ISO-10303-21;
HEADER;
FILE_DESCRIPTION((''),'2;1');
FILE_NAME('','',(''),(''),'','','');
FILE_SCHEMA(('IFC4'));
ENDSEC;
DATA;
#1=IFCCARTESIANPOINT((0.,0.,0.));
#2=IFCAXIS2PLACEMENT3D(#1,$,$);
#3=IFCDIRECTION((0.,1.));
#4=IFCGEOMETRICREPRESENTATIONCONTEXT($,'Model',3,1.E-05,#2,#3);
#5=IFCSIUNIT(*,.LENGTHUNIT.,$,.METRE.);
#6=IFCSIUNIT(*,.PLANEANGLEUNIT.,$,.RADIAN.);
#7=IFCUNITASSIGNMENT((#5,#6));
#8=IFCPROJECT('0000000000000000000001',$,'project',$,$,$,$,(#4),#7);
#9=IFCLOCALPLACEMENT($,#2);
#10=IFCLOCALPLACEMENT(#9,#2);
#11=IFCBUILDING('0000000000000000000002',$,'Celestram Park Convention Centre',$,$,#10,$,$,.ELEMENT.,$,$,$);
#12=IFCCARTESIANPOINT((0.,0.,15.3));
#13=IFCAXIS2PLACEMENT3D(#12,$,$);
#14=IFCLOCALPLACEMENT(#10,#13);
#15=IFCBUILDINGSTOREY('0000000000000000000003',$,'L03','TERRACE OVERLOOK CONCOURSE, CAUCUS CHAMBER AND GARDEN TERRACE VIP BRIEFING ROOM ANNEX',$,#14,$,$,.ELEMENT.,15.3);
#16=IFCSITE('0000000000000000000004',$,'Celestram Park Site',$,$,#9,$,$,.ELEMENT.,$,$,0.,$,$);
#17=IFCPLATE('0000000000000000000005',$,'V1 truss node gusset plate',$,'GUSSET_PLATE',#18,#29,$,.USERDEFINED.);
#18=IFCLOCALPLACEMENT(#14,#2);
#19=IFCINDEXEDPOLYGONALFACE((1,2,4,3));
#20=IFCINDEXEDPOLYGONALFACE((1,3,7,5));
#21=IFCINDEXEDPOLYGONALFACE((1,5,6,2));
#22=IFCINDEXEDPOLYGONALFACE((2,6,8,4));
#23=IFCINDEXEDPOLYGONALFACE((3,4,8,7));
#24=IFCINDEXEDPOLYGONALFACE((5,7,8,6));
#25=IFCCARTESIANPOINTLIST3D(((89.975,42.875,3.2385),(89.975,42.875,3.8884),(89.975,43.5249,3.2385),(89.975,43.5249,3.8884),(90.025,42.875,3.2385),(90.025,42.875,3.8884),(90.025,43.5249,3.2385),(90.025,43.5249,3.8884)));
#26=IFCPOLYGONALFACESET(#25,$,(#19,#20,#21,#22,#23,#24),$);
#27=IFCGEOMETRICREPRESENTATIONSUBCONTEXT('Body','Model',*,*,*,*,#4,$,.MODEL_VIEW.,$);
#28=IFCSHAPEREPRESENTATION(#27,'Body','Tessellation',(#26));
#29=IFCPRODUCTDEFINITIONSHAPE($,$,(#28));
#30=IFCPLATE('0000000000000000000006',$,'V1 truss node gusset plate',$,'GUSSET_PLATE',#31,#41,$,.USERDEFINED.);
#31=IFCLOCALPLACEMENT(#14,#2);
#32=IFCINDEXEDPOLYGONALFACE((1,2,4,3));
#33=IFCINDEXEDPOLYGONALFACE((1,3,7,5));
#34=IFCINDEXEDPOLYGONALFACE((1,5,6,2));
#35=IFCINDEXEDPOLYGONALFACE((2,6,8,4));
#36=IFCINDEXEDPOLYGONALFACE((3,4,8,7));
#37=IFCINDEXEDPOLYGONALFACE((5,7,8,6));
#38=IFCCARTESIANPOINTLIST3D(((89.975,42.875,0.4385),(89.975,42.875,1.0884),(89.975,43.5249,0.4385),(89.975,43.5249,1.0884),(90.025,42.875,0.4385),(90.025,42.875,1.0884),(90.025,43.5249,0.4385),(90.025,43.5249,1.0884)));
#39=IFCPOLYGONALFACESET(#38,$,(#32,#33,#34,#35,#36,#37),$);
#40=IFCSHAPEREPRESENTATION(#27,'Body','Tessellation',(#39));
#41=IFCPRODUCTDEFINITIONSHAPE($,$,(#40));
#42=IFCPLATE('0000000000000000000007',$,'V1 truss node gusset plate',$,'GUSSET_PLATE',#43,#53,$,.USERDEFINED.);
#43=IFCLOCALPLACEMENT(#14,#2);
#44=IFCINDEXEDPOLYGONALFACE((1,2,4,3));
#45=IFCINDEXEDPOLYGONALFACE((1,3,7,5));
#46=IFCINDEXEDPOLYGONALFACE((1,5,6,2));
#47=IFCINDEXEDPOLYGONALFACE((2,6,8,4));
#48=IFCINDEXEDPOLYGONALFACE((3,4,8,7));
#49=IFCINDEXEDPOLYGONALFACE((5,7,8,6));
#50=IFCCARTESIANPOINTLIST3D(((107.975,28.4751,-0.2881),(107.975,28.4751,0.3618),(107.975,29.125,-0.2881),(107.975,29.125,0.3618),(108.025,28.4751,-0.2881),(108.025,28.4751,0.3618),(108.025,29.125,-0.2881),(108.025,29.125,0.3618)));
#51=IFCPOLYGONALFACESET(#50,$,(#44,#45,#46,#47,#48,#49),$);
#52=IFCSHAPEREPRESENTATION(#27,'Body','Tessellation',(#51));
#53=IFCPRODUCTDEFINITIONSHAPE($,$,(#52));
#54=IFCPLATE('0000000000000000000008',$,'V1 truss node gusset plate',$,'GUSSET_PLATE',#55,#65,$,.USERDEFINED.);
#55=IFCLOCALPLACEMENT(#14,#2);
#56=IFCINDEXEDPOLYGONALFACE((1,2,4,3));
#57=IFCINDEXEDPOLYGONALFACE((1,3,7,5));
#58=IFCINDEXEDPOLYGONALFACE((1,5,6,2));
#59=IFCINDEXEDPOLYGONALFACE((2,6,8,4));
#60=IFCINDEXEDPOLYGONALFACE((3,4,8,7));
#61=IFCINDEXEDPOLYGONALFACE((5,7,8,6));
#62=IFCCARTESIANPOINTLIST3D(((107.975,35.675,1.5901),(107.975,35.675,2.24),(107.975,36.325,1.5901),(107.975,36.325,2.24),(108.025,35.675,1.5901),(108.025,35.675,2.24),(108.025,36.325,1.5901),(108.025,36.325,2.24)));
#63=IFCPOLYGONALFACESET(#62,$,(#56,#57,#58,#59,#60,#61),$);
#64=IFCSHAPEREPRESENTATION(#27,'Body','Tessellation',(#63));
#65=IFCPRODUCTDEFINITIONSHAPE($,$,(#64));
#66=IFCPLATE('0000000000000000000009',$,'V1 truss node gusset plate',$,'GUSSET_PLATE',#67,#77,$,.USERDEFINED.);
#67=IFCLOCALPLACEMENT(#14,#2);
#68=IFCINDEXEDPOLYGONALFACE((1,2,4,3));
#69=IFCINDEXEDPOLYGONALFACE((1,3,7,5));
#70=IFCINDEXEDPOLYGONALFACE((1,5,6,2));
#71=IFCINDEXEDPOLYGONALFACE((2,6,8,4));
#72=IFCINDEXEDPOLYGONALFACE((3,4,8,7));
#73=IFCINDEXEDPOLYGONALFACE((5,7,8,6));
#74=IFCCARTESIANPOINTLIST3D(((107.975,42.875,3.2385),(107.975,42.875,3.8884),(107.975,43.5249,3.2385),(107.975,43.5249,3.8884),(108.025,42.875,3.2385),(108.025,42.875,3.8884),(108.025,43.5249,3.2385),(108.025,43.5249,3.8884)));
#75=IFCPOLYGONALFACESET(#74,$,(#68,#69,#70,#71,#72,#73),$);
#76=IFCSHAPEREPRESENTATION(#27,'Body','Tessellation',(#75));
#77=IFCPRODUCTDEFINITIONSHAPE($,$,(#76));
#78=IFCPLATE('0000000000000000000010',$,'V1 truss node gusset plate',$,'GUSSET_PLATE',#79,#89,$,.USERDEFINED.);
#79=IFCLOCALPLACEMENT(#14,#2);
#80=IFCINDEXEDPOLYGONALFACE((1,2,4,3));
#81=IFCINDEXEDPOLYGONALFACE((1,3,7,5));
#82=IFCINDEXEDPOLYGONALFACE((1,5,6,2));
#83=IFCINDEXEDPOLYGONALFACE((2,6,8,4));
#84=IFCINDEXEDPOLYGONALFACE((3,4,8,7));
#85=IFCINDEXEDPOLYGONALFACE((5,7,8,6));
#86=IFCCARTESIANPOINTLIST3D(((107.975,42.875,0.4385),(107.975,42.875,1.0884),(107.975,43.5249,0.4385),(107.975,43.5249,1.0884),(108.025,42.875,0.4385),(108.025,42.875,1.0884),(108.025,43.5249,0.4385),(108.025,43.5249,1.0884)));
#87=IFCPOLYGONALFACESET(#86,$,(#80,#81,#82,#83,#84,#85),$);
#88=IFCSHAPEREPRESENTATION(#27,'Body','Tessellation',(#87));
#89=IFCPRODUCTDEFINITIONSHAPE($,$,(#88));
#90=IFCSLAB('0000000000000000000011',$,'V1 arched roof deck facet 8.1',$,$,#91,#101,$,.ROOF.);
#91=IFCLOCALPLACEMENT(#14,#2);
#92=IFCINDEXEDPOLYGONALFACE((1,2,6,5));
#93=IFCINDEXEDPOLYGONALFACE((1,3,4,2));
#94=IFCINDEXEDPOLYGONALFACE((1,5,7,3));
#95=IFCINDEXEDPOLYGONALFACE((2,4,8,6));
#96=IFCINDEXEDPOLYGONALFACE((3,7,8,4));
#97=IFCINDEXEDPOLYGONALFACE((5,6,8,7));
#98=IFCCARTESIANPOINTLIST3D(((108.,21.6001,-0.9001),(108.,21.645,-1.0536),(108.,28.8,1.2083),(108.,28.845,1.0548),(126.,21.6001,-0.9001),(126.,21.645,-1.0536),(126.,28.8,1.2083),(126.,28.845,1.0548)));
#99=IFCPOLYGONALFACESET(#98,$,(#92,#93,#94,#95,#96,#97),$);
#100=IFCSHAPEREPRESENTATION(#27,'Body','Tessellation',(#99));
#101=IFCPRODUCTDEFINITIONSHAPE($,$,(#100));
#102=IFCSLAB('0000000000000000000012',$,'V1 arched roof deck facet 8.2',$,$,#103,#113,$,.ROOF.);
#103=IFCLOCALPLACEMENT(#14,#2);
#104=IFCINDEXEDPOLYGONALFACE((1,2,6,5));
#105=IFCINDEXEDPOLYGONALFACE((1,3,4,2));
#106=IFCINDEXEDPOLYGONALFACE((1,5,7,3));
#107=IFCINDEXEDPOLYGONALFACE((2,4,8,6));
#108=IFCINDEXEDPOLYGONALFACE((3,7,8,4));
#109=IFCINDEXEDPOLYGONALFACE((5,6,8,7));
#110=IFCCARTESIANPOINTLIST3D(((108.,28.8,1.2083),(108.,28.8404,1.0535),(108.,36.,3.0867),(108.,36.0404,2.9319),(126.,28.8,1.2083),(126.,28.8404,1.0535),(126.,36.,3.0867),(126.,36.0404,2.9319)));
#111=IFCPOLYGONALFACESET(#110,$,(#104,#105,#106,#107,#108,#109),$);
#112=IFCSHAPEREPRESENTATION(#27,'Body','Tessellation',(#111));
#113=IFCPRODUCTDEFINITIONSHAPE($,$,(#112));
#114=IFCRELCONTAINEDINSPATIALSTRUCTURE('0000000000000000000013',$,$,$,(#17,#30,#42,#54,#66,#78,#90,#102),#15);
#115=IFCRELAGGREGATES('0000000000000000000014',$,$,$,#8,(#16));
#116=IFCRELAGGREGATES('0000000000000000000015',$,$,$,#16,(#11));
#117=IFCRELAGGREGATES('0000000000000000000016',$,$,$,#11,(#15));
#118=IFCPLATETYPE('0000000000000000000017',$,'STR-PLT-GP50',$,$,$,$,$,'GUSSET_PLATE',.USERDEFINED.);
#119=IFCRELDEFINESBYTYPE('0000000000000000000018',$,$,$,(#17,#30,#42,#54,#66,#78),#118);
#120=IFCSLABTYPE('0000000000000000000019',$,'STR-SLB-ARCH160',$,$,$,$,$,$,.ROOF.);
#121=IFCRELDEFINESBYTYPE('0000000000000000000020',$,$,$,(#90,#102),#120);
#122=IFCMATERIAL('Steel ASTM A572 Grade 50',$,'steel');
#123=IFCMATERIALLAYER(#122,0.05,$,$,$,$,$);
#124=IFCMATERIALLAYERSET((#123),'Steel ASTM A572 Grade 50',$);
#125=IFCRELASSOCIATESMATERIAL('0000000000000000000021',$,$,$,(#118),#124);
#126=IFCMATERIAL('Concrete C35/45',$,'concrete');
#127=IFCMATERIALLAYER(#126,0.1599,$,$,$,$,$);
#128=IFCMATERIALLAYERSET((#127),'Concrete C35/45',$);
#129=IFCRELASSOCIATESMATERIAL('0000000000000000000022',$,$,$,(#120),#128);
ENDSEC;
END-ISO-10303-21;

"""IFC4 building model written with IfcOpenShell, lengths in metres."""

from ifc_helpers import new_model, si_unit, direction, frame, origin, origin_2d, place, context, subcontext, project, spatial, polyline, rectangle, outline, extrude, material, layer, layer_set, type_object, element, save


model = new_model("IFC4")

# Units and contexts
model_context = context("Model", 3, precision=1e-05, world=origin(), true_north=direction((0.0, 1.0)))
body_context = subcontext(model_context, "Body", "Model", "MODEL_VIEW")
ifc_project = project(units=[si_unit("LENGTHUNIT", "METRE"), si_unit("PLANEANGLEUNIT", "RADIAN")], contexts=[model_context])

# Site, building, storey
site_placement = place(None, origin())
site = spatial("IfcSite", under=ifc_project, at=site_placement, Name="Celestram Park Site", CompositionType="ELEMENT", RefElevation=0.0)
building_placement = place(site_placement, origin())
building = spatial("IfcBuilding", under=site, at=building_placement, Name="Celestram Park Convention Centre", CompositionType="ELEMENT")
storey_placement = place(building_placement, frame((0.0, 0.0, 15.3)))
storey = spatial("IfcBuildingStorey", under=building, at=storey_placement, Name="L03", Description="TERRACE OVERLOOK CONCOURSE, CAUCUS CHAMBER AND GARDEN TERRACE VIP BRIEFING ROOM ANNEX", CompositionType="ELEMENT", Elevation=15.3)

# Plates
ifc_material_1 = material(Name="Steel ASTM A572 Grade 50", Category="steel")
ifc_layer_1 = layer(ifc_material_1, 0.05)
ifc_layer_set_1 = layer_set([ifc_layer_1], Name="Steel ASTM A572 Grade 50")
plate_type = type_object("IfcPlateType", Name="STR-PLT-GP50", ElementType="GUSSET_PLATE", PredefinedType="USERDEFINED", material=ifc_layer_set_1)
for number, where, z_axis, x_axis, name in (
    (1, (90.0, 43.2, 3.2385), (0.0, 0.0, 1.0), (0.0, 1.0, 0.0), "V1 truss node gusset plate"),
    (2, (90.0, 43.2, 0.4385), (0.0, 0.0, 1.0), (0.0, 1.0, 0.0), "V1 truss node gusset plate"),
    (3, (108.0, 28.8, -0.2881), (0.0, 0.0, 1.0), (0.0, 1.0, 0.0), "V1 truss node gusset plate"),
    (4, (108.0, 36.0, 1.5901), (0.0, 0.0, 1.0), (0.0, 1.0, 0.0), "V1 truss node gusset plate"),
    (5, (108.0, 43.2, 3.2385), (0.0, 0.0, 1.0), (0.0, 1.0, 0.0), "V1 truss node gusset plate"),
    (6, (108.0, 43.2, 0.4385), (0.0, 0.0, 1.0), (0.0, 1.0, 0.0), "V1 truss node gusset plate"),
):
    element("IfcPlate", number, at=place(storey_placement, frame(where, z_axis=z_axis, x_axis=x_axis)), inside=storey, type_object=plate_type, Name=name, ObjectType="GUSSET_PLATE", PredefinedType="USERDEFINED", context=body_context, shape_type="SweptSolid", body=[
        extrude(rectangle(XDim=0.6499, YDim=0.05, at=origin_2d()), origin(), (0.0, 0.0, 1.0), 0.6499),
    ])

# Slabs
ifc_material_2 = material(Name="Concrete C35/45", Category="concrete")
ifc_layer_2 = layer(ifc_material_2, 0.1599)
ifc_layer_set_2 = layer_set([ifc_layer_2], Name="Concrete C35/45")
slab_type = type_object("IfcSlabType", Name="STR-SLB-ARCH160", PredefinedType="ROOF", material=ifc_layer_set_2)
slab_1_placement = place(storey_placement, frame((108.0, 21.6001, -0.9001), z_axis=(0.0, -0.281033, 0.959698), x_axis=(1.0, 0.0, 0.0)))
element("IfcSlab", 7, at=slab_1_placement, inside=storey, type_object=slab_type, Name="V1 arched roof deck facet 8.1", PredefinedType="ROOF", context=body_context, shape_type="SweptSolid", body=[
    extrude(outline(polyline([(0.0, 0.0), (18.0, 0.0), (18.0, 7.5023), (0.0, 7.5023), (0.0, 0.0)])), origin(), (0.0, 0.0, -1.0), 0.1599),
])
slab_2_placement = place(storey_placement, frame((108.0, 28.8, 1.2083), z_axis=(0.0, -0.252443, 0.967612), x_axis=(1.0, 0.0, 0.0)))
element("IfcSlab", 8, at=slab_2_placement, inside=storey, type_object=slab_type, Name="V1 arched roof deck facet 8.2", PredefinedType="ROOF", context=body_context, shape_type="SweptSolid", body=[
    extrude(outline(polyline([(0.0, 0.0), (18.0, 0.0), (18.0, 7.441), (0.0, 7.441), (0.0, 0.0)])), origin(), (0.0, 0.0, -1.0), 0.1599),
])

save(model, "model.ifc")
